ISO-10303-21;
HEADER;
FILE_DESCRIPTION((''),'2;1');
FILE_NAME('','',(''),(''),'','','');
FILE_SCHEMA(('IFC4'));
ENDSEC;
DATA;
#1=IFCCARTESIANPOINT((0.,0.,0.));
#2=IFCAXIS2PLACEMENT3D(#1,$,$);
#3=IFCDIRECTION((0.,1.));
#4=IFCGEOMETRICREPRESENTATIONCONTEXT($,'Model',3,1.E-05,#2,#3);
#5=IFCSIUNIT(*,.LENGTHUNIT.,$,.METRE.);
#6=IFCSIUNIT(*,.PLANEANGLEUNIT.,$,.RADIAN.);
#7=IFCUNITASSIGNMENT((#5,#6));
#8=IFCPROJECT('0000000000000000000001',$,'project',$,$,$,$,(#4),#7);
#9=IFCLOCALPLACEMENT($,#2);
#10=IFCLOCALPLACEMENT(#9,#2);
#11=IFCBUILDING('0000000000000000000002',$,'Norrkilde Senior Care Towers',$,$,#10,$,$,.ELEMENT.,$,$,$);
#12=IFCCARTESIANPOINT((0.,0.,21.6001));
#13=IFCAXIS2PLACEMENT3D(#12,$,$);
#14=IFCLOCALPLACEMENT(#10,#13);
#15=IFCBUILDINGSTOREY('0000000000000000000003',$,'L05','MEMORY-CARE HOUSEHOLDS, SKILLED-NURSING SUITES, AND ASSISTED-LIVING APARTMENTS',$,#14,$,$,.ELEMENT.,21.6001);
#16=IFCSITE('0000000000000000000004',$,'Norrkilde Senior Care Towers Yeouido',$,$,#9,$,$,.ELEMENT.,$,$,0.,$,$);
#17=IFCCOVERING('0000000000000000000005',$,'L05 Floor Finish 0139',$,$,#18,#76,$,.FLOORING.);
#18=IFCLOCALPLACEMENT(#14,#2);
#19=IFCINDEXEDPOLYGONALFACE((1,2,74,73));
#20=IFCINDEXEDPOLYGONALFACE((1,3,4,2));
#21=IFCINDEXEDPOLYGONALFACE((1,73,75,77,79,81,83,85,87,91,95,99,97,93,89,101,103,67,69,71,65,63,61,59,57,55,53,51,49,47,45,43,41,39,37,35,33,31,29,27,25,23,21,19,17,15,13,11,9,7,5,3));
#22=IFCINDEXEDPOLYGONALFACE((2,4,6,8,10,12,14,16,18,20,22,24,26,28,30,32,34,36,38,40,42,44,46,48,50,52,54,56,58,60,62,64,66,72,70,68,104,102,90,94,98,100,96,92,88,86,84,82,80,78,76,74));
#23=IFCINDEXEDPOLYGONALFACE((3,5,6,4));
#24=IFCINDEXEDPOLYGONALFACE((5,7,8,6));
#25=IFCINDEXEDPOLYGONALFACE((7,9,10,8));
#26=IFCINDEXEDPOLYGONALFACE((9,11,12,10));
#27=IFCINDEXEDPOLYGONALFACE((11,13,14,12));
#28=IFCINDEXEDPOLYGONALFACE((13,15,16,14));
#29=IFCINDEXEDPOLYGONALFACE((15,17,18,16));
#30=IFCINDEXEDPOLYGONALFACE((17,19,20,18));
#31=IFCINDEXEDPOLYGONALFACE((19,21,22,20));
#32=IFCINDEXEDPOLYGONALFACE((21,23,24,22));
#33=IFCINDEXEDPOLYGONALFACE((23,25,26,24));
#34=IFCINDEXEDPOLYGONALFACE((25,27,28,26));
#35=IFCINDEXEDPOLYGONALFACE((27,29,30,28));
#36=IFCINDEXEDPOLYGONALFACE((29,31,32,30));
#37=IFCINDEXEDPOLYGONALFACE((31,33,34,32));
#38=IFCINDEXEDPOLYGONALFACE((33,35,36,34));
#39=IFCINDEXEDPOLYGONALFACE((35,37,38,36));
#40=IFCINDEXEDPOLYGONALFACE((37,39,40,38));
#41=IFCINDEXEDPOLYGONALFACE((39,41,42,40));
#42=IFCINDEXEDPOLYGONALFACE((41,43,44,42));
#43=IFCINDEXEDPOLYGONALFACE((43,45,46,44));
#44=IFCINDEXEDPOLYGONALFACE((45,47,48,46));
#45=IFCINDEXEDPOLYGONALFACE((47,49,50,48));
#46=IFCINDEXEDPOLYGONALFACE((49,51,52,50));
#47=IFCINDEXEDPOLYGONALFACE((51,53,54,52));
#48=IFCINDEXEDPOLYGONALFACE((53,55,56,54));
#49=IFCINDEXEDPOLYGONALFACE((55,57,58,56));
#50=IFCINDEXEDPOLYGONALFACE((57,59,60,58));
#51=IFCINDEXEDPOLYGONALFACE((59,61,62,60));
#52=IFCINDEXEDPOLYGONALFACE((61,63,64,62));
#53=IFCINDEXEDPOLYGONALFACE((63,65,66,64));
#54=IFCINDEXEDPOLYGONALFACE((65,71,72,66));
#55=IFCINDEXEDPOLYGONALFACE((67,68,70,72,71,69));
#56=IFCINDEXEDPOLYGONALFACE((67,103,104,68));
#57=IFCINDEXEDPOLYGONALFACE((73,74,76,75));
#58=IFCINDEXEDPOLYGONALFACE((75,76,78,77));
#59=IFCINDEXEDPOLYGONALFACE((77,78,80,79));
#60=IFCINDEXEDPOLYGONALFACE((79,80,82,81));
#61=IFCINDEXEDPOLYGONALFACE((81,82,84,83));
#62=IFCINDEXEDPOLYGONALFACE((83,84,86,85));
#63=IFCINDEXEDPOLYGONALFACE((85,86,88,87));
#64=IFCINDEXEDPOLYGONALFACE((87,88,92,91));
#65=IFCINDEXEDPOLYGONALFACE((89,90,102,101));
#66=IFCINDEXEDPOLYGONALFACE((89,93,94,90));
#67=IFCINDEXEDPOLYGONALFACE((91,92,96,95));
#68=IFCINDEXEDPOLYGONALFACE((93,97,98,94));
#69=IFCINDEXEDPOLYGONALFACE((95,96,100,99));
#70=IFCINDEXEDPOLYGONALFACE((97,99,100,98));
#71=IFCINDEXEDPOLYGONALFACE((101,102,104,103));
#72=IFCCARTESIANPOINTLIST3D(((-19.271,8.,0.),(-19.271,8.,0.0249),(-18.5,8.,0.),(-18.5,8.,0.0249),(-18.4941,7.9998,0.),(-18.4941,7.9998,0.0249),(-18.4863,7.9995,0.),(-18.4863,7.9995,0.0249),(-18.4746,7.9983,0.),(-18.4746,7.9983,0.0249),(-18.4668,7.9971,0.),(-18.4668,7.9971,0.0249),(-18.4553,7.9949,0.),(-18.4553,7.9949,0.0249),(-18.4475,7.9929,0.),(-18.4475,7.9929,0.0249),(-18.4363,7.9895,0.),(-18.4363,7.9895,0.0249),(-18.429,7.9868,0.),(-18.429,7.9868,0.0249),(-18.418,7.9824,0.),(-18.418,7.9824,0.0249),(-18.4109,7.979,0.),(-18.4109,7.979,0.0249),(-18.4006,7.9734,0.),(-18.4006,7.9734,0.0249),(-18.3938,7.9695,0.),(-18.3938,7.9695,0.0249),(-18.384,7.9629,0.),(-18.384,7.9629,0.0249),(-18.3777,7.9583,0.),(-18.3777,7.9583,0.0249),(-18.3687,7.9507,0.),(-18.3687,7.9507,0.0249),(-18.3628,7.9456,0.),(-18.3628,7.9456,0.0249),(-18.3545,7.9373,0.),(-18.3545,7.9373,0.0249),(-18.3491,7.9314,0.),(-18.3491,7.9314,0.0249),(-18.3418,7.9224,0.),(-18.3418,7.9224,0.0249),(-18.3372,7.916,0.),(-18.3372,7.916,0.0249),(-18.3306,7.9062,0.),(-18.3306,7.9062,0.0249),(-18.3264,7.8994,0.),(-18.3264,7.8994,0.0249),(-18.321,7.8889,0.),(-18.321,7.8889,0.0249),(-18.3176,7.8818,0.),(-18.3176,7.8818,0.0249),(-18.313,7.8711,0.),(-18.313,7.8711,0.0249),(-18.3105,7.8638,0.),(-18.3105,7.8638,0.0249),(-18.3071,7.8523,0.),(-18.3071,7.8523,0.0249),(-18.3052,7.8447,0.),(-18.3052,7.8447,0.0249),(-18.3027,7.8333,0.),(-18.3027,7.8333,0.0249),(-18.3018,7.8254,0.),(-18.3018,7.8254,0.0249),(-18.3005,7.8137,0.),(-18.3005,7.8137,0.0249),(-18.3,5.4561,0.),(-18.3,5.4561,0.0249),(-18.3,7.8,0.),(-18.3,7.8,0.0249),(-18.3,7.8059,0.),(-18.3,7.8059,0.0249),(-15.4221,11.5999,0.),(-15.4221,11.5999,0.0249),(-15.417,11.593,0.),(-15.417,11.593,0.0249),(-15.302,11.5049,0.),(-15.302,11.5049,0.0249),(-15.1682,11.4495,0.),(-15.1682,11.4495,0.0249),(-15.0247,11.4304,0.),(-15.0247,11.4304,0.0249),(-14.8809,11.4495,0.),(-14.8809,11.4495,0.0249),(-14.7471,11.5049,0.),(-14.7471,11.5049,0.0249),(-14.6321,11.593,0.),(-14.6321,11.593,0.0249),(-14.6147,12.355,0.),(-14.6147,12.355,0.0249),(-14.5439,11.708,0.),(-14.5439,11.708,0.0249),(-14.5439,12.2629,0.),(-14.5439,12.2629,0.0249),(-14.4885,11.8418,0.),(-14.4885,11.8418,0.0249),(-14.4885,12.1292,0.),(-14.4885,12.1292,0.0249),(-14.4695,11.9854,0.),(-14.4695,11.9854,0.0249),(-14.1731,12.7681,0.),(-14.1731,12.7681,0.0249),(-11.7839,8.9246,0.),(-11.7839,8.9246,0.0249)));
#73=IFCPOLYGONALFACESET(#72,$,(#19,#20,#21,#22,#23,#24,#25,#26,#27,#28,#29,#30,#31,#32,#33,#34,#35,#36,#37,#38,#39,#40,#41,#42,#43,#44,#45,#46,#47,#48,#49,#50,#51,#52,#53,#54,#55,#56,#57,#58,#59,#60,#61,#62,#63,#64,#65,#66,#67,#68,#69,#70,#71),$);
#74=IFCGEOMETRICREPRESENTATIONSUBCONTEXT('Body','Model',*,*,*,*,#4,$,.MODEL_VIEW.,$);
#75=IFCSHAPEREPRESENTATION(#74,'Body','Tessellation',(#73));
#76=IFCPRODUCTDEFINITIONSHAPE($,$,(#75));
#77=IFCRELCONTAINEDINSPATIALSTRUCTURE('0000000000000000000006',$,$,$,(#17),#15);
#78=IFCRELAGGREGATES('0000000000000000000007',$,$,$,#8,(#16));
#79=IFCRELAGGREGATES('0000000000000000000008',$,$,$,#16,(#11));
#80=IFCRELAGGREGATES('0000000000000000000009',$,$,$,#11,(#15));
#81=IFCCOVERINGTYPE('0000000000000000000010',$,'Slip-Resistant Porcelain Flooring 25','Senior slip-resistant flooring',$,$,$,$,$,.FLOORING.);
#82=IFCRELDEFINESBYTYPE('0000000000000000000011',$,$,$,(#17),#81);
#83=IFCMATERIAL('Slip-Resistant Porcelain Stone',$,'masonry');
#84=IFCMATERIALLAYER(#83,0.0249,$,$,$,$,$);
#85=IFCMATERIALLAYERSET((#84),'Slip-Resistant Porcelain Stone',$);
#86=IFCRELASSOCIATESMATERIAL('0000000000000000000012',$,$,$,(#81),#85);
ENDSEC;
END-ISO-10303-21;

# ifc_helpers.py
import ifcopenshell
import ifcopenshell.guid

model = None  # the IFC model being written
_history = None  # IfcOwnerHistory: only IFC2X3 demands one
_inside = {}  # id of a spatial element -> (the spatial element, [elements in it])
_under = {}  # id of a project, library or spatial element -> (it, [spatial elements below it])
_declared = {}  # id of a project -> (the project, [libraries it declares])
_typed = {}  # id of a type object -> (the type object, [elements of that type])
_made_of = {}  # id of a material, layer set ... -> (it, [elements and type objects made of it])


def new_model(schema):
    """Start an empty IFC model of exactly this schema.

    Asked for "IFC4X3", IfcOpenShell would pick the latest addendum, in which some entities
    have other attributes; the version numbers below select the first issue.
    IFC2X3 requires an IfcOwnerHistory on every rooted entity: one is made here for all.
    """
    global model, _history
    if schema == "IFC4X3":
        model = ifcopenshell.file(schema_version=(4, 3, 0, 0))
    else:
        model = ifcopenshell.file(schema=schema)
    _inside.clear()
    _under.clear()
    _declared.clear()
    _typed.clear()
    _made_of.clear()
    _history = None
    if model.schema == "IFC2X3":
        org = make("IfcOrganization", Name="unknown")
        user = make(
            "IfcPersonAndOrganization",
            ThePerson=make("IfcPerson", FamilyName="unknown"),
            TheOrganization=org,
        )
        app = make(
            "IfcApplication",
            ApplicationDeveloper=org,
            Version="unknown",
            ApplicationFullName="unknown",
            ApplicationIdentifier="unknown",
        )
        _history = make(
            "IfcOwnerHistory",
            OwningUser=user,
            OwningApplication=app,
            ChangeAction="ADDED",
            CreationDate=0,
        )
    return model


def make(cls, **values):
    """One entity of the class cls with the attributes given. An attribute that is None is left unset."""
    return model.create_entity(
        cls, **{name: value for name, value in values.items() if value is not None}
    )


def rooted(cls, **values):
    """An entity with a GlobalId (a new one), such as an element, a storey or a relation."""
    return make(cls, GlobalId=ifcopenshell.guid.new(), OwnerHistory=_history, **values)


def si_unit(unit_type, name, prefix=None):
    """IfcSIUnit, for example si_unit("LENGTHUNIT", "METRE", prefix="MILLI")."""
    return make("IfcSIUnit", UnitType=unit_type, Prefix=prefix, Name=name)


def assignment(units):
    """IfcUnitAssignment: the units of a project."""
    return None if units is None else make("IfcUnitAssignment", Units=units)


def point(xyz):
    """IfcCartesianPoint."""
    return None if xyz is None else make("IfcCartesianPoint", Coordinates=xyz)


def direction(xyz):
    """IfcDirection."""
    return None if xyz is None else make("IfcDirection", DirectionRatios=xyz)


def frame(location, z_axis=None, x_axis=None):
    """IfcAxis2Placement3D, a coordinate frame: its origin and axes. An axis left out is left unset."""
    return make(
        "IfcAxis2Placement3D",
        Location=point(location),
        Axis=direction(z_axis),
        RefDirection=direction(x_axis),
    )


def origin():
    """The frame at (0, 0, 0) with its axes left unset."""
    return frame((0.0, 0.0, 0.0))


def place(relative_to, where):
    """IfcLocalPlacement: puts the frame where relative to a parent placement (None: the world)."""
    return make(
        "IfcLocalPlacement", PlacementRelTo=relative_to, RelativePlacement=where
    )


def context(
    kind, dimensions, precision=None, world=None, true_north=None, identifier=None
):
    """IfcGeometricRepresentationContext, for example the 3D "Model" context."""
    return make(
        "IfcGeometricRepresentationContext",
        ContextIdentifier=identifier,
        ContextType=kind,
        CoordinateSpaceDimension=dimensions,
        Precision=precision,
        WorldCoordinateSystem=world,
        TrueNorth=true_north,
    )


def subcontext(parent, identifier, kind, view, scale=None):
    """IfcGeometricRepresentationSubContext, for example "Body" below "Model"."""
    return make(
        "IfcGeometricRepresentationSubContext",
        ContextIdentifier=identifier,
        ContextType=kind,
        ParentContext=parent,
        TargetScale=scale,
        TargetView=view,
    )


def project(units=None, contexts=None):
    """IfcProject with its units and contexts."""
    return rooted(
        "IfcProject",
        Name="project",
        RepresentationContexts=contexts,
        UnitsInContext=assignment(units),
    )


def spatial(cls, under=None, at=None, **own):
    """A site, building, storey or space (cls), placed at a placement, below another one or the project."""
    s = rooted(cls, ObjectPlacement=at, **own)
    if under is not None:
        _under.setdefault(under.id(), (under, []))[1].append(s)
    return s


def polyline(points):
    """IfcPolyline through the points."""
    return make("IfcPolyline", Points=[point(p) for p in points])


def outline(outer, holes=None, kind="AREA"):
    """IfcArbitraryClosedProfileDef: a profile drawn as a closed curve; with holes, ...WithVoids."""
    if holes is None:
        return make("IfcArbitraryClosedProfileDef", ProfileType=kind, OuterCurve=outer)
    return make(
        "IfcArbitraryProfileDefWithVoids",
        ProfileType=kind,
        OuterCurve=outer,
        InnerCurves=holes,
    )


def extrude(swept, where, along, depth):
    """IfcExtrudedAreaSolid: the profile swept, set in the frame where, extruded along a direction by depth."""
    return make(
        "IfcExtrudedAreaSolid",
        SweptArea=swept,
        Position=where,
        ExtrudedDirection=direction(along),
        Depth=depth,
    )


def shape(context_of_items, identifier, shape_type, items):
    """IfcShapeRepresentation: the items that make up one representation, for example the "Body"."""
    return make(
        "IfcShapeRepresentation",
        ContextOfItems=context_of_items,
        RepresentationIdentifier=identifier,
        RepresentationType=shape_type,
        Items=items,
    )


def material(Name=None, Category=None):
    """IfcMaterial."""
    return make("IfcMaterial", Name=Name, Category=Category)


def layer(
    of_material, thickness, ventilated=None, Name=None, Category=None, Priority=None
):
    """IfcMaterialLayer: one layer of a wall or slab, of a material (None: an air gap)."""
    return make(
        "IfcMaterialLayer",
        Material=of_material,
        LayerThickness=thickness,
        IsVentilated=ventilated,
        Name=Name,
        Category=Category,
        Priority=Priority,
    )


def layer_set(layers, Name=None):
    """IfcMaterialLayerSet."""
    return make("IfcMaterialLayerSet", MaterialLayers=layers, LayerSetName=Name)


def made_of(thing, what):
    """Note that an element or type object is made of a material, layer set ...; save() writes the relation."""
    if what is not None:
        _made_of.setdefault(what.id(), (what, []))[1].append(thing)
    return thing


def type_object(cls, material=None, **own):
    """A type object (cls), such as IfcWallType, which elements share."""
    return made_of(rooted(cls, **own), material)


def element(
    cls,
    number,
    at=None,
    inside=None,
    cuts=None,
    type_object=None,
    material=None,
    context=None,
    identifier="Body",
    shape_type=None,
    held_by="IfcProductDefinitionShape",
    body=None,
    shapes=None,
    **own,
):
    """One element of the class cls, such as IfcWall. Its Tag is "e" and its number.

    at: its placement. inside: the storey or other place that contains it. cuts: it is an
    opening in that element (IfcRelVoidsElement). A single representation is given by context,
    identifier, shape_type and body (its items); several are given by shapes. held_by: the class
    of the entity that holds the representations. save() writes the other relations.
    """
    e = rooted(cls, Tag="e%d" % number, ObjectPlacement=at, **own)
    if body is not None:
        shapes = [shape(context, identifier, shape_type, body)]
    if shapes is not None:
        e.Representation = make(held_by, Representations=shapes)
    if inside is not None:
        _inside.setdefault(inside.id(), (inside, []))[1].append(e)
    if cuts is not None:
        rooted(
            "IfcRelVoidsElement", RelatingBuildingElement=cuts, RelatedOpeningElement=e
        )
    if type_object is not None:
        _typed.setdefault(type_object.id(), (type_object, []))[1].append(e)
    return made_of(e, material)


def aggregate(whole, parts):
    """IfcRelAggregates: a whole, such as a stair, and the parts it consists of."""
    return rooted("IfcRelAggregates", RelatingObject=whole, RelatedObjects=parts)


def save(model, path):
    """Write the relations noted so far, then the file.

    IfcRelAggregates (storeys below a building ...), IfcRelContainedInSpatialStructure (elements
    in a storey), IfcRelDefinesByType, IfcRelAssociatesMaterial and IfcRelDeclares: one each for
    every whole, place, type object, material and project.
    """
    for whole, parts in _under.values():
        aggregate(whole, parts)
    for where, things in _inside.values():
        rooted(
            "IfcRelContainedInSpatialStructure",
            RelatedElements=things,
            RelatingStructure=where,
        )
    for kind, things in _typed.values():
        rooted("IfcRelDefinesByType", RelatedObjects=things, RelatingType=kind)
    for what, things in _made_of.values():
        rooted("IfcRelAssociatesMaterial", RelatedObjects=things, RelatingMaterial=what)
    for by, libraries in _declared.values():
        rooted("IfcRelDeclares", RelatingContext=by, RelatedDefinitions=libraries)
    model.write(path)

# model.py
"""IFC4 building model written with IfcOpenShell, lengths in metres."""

from ifc_helpers import new_model, si_unit, direction, frame, origin, place, context, subcontext, project, spatial, polyline, outline, extrude, material, layer, layer_set, type_object, element, save


model = new_model("IFC4")

# Units and contexts
model_context = context("Model", 3, precision=1e-05, world=origin(), true_north=direction((0.0, 1.0)))
body_context = subcontext(model_context, "Body", "Model", "MODEL_VIEW")
ifc_project = project(units=[si_unit("LENGTHUNIT", "METRE"), si_unit("PLANEANGLEUNIT", "RADIAN")], contexts=[model_context])

# Site, building, storey
site_placement = place(None, origin())
site = spatial("IfcSite", under=ifc_project, at=site_placement, Name="Norrkilde Senior Care Towers Yeouido", CompositionType="ELEMENT", RefElevation=0.0)
building_placement = place(site_placement, origin())
building = spatial("IfcBuilding", under=site, at=building_placement, Name="Norrkilde Senior Care Towers", CompositionType="ELEMENT")
storey_placement = place(building_placement, frame((0.0, 0.0, 21.6001)))
storey = spatial("IfcBuildingStorey", under=building, at=storey_placement, Name="L05", Description="MEMORY-CARE HOUSEHOLDS, SKILLED-NURSING SUITES, AND ASSISTED-LIVING APARTMENTS", CompositionType="ELEMENT", Elevation=21.6001)

# Covering
ifc_material_1 = material(Name="Slip-Resistant Porcelain Stone", Category="masonry")
ifc_layer_1 = layer(ifc_material_1, 0.0249)
ifc_layer_set_1 = layer_set([ifc_layer_1], Name="Slip-Resistant Porcelain Stone")
covering_type_1 = type_object("IfcCoveringType", Name="Slip-Resistant Porcelain Flooring 25", Description="Senior slip-resistant flooring", PredefinedType="FLOORING", material=ifc_layer_set_1)
covering_1_placement = place(storey_placement, origin())
element("IfcCovering", 1, at=covering_1_placement, inside=storey, type_object=covering_type_1, Name="L05 Floor Finish 0139", PredefinedType="FLOORING", context=body_context, shape_type="SweptSolid", body=[
    extrude(outline(polyline([(-18.3052, 7.8447), (-18.3071, 7.8523), (-18.3105, 7.8638), (-18.313, 7.8711), (-18.3176, 7.8818), (-18.321, 7.8889), (-18.3264, 7.8994), (-18.3306, 7.9062), (-18.3372, 7.916), (-18.3418, 7.9224), (-18.3491, 7.9314), (-18.3545, 7.9373), (-18.3628, 7.9456), (-18.3687, 7.9507), (-18.3777, 7.9583), (-18.384, 7.9629), (-18.3938, 7.9695), (-18.4006, 7.9734), (-18.4109, 7.979), (-18.418, 7.9824), (-18.429, 7.9868), (-18.4363, 7.9895), (-18.4475, 7.9929), (-18.4553, 7.9949), (-18.4668, 7.9971), (-18.4746, 7.9983), (-18.4863, 7.9995), (-18.4941, 7.9998), (-18.5, 8.0), (-19.271, 8.0), (-15.4221, 11.5999), (-15.417, 11.593), (-15.302, 11.5049), (-15.1682, 11.4495), (-15.0247, 11.4304), (-14.8809, 11.4495), (-14.7471, 11.5049), (-14.6321, 11.593), (-14.5439, 11.708), (-14.4885, 11.8418), (-14.4695, 11.9854), (-14.4885, 12.1292), (-14.5439, 12.2629), (-14.6147, 12.355), (-14.1731, 12.7681), (-11.7839, 8.9246), (-18.3, 5.4561), (-18.3, 7.8), (-18.3, 7.8059), (-18.3005, 7.8137), (-18.3018, 7.8254), (-18.3027, 7.8333), (-18.3052, 7.8447)])), origin(), (0.0, 0.0, 1.0), 0.0249),
])

save(model, "model.ifc")
